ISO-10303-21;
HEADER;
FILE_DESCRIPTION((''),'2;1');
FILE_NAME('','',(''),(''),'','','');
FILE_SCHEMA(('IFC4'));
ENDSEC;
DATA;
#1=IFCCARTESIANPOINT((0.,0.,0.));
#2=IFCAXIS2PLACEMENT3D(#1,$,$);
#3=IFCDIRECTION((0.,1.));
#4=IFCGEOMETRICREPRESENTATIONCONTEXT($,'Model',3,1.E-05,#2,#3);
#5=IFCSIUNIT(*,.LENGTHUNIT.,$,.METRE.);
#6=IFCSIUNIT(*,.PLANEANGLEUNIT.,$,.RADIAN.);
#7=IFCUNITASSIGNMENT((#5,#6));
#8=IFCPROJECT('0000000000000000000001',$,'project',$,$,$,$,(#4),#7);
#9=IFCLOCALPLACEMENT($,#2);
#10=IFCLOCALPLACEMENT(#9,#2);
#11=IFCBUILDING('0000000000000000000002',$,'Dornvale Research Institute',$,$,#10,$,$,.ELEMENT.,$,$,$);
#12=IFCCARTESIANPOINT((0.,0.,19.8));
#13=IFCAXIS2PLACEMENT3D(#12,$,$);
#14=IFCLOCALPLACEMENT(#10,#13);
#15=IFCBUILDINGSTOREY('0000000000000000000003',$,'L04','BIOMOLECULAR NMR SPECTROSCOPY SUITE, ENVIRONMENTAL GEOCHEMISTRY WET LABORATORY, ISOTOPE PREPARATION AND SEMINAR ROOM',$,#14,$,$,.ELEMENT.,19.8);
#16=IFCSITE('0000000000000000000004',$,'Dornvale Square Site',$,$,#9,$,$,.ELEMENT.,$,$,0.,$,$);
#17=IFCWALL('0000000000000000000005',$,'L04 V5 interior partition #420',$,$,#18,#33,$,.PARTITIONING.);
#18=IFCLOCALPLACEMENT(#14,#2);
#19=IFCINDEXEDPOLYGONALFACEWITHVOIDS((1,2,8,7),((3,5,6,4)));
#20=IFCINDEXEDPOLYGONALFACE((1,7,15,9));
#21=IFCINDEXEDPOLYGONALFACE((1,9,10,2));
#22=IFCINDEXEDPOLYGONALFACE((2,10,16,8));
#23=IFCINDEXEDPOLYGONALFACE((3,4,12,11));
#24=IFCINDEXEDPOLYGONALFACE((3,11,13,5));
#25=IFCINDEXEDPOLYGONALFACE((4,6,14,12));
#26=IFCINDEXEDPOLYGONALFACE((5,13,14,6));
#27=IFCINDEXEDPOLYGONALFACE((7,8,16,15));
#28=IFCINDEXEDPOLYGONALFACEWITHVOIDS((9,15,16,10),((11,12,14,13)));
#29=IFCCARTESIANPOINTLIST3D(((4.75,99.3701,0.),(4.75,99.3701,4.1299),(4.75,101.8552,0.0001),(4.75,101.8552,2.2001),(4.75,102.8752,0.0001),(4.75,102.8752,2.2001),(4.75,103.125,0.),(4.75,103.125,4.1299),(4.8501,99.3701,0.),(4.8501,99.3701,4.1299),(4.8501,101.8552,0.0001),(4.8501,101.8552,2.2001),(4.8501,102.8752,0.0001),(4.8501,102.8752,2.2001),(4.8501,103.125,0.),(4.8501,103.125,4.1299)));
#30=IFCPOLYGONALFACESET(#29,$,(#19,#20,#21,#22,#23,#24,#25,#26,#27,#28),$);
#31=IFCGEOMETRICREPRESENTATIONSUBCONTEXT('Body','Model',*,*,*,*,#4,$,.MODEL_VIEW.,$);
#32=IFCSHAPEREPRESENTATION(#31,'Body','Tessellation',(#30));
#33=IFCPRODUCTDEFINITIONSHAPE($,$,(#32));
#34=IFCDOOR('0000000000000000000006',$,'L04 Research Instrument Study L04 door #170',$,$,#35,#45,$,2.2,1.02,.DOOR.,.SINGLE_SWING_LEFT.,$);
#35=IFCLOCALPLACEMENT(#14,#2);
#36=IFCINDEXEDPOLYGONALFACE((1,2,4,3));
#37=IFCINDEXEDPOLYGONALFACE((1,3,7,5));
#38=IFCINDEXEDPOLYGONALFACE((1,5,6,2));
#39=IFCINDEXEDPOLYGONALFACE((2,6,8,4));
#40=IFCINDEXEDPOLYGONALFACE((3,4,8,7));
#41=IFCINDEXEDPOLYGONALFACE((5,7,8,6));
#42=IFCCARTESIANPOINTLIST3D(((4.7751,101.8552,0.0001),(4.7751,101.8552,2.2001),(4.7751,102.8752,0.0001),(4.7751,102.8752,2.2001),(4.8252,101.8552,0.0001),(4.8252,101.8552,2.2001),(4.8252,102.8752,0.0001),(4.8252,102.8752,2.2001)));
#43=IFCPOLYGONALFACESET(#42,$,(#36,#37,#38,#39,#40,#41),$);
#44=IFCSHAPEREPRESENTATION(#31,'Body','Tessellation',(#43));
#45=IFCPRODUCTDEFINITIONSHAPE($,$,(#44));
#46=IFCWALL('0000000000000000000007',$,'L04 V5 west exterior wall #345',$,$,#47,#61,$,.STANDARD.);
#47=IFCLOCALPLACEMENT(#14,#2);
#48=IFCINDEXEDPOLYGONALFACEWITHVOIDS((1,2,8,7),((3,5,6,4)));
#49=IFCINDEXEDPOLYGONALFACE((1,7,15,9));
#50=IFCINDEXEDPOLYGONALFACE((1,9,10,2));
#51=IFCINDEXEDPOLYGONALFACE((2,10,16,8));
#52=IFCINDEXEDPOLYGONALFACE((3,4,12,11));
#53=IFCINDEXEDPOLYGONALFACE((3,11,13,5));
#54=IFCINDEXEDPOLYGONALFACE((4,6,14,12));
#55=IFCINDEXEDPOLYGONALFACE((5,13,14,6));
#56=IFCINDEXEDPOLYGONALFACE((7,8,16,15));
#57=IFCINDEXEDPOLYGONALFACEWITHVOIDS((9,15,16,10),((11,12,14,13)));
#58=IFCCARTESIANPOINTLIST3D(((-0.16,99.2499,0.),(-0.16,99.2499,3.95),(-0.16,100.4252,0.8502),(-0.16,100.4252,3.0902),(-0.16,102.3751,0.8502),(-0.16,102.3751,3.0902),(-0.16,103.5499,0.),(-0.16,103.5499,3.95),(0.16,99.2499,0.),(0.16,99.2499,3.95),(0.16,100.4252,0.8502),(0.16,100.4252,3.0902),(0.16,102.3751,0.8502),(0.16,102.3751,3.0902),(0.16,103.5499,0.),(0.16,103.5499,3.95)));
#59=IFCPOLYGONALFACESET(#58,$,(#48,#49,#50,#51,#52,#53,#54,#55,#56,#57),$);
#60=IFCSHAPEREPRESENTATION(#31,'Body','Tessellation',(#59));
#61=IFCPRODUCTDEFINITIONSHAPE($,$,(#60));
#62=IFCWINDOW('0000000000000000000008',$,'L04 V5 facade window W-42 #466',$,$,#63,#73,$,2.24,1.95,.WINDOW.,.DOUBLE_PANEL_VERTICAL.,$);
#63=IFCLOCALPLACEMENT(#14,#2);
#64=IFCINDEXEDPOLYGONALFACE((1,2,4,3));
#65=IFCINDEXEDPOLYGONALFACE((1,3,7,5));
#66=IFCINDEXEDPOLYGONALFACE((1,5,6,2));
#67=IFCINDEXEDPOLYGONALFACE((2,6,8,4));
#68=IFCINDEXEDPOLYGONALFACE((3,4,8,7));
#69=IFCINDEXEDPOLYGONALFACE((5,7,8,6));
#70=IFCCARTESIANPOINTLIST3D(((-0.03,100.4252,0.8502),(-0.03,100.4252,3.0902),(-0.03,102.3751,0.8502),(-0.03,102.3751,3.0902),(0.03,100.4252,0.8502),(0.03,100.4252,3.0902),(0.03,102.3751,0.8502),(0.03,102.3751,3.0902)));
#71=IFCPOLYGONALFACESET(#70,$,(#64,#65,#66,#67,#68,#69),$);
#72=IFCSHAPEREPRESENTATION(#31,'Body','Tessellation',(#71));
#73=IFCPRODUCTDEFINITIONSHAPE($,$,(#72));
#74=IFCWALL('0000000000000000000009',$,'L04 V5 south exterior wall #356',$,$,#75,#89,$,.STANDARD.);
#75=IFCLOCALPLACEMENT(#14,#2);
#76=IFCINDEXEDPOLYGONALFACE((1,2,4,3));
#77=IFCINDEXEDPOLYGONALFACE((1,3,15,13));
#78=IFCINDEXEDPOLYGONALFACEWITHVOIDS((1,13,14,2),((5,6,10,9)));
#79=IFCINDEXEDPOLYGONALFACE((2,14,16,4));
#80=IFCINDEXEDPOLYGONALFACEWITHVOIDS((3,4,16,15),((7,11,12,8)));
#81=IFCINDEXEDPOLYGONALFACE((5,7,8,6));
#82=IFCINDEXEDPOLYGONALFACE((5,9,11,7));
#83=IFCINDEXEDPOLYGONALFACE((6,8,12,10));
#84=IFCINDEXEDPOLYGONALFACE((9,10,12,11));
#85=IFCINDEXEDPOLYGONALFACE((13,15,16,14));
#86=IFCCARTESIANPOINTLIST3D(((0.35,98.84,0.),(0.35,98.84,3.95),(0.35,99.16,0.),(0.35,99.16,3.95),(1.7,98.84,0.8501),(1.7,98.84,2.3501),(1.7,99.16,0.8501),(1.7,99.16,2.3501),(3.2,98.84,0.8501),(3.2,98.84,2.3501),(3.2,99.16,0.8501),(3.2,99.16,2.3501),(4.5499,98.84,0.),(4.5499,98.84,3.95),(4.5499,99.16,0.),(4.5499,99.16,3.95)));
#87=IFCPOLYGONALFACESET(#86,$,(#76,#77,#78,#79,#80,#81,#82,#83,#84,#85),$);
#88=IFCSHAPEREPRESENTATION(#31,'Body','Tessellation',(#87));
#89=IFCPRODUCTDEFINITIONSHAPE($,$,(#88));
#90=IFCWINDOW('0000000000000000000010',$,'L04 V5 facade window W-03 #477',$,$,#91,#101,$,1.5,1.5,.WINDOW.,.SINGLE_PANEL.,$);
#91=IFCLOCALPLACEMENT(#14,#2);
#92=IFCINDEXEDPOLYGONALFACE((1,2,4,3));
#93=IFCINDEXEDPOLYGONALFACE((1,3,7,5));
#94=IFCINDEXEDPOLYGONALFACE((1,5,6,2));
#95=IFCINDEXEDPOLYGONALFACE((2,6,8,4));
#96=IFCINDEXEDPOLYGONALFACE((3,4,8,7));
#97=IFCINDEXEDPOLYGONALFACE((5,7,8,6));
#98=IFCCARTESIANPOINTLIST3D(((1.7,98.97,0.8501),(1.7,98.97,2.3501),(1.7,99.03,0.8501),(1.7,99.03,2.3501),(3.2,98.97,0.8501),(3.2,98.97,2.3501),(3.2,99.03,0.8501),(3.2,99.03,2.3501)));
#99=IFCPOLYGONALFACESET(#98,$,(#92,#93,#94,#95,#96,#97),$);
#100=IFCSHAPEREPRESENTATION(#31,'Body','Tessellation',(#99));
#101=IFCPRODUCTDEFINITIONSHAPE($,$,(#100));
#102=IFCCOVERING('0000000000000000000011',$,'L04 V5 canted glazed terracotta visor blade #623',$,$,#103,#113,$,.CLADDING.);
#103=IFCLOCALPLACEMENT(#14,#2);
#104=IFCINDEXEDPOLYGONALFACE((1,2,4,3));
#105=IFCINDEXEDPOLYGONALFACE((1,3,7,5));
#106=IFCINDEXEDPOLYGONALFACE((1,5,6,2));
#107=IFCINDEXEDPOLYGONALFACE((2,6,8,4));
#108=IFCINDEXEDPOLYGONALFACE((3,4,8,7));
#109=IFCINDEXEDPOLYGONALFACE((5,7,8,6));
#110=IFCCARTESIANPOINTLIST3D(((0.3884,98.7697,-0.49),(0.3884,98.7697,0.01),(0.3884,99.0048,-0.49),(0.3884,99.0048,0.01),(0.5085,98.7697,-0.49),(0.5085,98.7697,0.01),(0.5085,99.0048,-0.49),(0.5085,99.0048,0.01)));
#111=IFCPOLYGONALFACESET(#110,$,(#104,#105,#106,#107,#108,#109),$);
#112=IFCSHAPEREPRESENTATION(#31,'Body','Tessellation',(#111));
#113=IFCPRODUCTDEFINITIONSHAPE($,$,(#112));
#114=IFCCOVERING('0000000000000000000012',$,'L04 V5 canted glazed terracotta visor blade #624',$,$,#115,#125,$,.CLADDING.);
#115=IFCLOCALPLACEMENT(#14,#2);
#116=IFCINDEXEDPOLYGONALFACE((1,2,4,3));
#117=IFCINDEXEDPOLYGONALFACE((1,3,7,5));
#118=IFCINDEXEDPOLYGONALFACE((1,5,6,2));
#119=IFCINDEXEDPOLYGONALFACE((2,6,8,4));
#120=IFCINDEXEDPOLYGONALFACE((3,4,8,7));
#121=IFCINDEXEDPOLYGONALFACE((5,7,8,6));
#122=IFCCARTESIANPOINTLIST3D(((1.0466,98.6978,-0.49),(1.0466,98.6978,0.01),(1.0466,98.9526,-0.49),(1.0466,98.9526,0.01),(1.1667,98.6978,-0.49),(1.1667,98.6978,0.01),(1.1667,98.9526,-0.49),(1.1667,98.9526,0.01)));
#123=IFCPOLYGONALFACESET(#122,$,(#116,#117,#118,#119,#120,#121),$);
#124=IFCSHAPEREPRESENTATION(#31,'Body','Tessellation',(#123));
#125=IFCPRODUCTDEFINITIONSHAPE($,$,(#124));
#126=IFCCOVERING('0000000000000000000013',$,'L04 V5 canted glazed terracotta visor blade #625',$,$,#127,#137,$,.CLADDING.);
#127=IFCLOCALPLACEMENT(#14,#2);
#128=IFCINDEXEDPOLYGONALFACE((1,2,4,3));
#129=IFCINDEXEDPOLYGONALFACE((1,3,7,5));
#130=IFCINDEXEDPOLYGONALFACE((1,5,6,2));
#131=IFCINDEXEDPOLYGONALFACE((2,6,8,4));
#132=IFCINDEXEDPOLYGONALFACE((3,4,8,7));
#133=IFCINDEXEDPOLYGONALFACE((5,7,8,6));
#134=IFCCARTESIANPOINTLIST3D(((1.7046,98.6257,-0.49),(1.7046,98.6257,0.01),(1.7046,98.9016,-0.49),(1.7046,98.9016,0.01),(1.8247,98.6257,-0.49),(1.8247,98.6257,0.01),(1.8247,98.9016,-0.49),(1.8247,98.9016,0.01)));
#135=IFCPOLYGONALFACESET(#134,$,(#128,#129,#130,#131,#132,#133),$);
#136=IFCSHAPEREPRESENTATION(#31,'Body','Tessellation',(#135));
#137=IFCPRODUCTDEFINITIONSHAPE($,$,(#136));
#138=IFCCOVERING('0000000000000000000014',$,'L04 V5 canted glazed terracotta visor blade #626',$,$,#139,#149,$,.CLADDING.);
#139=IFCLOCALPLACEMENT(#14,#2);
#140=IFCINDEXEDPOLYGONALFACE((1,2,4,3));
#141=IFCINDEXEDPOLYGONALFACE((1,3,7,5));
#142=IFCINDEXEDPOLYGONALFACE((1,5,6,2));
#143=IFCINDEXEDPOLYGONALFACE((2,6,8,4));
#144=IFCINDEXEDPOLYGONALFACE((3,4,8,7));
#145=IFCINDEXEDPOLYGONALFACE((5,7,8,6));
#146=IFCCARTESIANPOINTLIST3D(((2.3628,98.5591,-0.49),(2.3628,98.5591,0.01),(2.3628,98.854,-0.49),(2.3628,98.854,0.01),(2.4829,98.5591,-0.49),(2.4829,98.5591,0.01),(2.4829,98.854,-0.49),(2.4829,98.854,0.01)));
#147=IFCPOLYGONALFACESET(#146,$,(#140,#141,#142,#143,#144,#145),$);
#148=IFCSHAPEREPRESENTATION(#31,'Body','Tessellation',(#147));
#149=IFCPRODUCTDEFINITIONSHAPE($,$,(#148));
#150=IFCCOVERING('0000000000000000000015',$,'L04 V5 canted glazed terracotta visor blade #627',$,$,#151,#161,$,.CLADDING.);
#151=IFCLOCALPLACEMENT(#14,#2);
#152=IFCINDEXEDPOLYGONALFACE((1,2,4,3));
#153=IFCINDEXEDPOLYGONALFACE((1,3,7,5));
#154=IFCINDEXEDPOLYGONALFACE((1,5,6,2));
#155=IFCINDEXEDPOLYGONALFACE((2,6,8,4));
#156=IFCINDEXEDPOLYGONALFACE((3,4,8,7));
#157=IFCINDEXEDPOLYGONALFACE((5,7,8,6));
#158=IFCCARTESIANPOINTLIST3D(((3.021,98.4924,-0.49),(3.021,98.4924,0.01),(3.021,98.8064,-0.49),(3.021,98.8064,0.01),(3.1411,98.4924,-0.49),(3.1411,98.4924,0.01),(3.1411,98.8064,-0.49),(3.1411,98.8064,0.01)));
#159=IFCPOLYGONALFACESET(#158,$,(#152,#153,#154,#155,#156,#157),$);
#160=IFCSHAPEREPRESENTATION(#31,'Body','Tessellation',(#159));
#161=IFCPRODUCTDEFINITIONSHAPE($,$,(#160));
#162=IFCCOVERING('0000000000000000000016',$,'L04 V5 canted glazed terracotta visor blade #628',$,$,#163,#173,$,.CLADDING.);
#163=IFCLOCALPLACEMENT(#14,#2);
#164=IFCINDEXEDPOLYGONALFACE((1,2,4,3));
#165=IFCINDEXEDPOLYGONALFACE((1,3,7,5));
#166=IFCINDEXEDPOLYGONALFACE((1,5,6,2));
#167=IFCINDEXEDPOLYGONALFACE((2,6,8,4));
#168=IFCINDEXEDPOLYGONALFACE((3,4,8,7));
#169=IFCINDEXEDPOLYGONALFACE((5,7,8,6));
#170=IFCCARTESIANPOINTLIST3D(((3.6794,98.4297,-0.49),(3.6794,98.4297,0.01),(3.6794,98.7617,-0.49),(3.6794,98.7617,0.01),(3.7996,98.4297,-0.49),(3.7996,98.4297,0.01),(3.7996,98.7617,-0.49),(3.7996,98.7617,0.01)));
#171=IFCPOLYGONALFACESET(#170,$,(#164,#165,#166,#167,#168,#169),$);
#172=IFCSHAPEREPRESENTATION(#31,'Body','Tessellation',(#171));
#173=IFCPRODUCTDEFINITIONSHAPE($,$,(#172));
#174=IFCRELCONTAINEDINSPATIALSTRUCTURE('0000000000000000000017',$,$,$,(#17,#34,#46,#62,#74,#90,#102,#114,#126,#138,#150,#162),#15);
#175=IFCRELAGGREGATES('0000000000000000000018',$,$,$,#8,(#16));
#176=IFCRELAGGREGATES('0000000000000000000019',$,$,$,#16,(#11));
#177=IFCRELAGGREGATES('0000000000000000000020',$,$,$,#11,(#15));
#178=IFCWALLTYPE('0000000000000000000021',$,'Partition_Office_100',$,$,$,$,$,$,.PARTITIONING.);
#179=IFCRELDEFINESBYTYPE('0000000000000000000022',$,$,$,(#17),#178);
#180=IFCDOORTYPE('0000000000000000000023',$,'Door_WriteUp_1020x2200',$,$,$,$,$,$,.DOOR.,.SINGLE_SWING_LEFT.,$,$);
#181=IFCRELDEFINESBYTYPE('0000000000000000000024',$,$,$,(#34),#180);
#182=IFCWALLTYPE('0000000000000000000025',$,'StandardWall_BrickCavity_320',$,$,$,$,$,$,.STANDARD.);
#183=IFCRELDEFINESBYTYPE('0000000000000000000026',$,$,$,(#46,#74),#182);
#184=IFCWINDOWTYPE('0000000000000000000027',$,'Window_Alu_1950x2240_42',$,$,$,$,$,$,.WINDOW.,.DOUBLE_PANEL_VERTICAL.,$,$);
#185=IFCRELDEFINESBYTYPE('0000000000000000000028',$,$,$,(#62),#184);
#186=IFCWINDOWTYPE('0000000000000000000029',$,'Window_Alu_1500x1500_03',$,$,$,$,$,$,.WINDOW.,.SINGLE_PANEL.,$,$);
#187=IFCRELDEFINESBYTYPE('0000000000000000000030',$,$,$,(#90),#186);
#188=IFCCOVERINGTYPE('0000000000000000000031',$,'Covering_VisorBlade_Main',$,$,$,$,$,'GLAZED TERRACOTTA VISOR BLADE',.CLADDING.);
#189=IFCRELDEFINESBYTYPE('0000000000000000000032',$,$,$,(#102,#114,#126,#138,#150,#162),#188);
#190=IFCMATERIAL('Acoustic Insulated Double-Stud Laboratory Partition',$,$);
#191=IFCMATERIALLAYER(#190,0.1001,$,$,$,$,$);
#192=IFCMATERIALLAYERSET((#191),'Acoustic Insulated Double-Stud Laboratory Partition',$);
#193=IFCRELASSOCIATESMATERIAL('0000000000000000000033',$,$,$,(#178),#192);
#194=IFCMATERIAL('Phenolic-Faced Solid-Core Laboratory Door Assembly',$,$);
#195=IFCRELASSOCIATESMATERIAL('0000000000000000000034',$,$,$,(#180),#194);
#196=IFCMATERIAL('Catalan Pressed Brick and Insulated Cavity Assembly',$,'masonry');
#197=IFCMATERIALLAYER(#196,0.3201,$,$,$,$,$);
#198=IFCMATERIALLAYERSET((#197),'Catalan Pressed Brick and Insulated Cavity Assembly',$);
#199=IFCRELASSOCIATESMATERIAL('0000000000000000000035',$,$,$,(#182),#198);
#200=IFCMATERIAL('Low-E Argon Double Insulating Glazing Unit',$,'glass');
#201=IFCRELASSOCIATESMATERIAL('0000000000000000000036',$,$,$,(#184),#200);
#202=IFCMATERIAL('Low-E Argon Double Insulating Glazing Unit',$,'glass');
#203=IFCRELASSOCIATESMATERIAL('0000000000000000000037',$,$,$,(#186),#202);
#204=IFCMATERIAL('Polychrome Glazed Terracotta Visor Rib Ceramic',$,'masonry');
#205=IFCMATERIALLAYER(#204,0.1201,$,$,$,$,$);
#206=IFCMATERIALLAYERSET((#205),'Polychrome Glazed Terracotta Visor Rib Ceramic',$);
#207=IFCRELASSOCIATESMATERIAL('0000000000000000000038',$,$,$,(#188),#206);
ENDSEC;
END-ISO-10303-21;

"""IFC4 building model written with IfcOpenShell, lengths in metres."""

from ifc_helpers import new_model, si_unit, direction, frame, frame_2d, origin, origin_2d, place, context, subcontext, project, spatial, rectangle, extrude, material, layer, layer_set, type_object, element, fill, save


model = new_model("IFC4")

# Units and contexts
model_context = context("Model", 3, precision=1e-05, world=origin(), true_north=direction((0.0, 1.0)))
body_context = subcontext(model_context, "Body", "Model", "MODEL_VIEW")
ifc_project = project(units=[si_unit("LENGTHUNIT", "METRE"), si_unit("PLANEANGLEUNIT", "RADIAN")], contexts=[model_context])

# Site, building, storey
site_placement = place(None, origin())
site = spatial("IfcSite", under=ifc_project, at=site_placement, Name="Dornvale Square Site", CompositionType="ELEMENT", RefElevation=0.0)
building_placement = place(site_placement, origin())
building = spatial("IfcBuilding", under=site, at=building_placement, Name="Dornvale Research Institute", CompositionType="ELEMENT")
storey_placement = place(building_placement, frame((0.0, 0.0, 19.8)))
storey = spatial("IfcBuildingStorey", under=building, at=storey_placement, Name="L04", Description="BIOMOLECULAR NMR SPECTROSCOPY SUITE, ENVIRONMENTAL GEOCHEMISTRY WET LABORATORY, ISOTOPE PREPARATION AND SEMINAR ROOM", CompositionType="ELEMENT", Elevation=19.8)

# Wall, opening, door
ifc_material_1 = material(Name="Acoustic Insulated Double-Stud Laboratory Partition")
ifc_layer_1 = layer(ifc_material_1, 0.1001)
ifc_layer_set_1 = layer_set([ifc_layer_1], Name="Acoustic Insulated Double-Stud Laboratory Partition")
wall_type_1 = type_object("IfcWallType", Name="Partition_Office_100", PredefinedType="PARTITIONING", material=ifc_layer_set_1)
wall_1_placement = place(storey_placement, frame((4.8, 99.3701, 0.0), z_axis=(0.0, 0.0, 1.0), x_axis=(0.0, 1.0, 0.0)))
wall_1 = element("IfcWall", 1, at=wall_1_placement, inside=storey, type_object=wall_type_1, Name="L04 V5 interior partition #420", PredefinedType="PARTITIONING", context=body_context, shape_type="SweptSolid", body=[
    extrude(rectangle(XDim=3.7549, YDim=0.1001, at=frame_2d((1.8774, 0.0))), origin(), (0.0, 0.0, 1.0), 4.1299),
])
opening_1_placement = place(wall_1_placement, frame((2.4851, 0.0, 0.0)))
opening_1 = element("IfcOpeningElement", 2, at=opening_1_placement, cuts=wall_1, PredefinedType="OPENING", context=body_context, shape_type="SweptSolid", body=[
    extrude(rectangle(XDim=1.02, YDim=2.2, at=frame_2d((0.51, 1.1001))), frame((0.0, 0.0649, 0.0), z_axis=(0.0, -1.0, 0.0), x_axis=(1.0, 0.0, 0.0)), (0.0, 0.0, 1.0), 0.1301),
])
ifc_material_2 = material(Name="Phenolic-Faced Solid-Core Laboratory Door Assembly")
door_type = type_object("IfcDoorType", Name="Door_WriteUp_1020x2200", OperationType="SINGLE_SWING_LEFT", PredefinedType="DOOR", material=ifc_material_2)
door_placement = place(opening_1_placement, origin())
door = element("IfcDoor", 3, at=door_placement, inside=storey, type_object=door_type, Name="L04 Research Instrument Study L04 door #170", OperationType="SINGLE_SWING_LEFT", OverallHeight=2.2, OverallWidth=1.02, PredefinedType="DOOR", context=body_context, shape_type="SweptSolid", body=[
    extrude(rectangle(XDim=1.02, YDim=2.2, at=frame_2d((0.51, 1.1001))), frame((0.0, 0.0249, 0.0), z_axis=(0.0, -1.0, 0.0), x_axis=(1.0, 0.0, 0.0)), (0.0, 0.0, 1.0), 0.05),
])
fill(opening_1, door)

# Walls, openings, windows
ifc_material_3 = material(Name="Catalan Pressed Brick and Insulated Cavity Assembly", Category="masonry")
ifc_layer_2 = layer(ifc_material_3, 0.3201)
ifc_layer_set_2 = layer_set([ifc_layer_2], Name="Catalan Pressed Brick and Insulated Cavity Assembly")
wall_type_2 = type_object("IfcWallType", Name="StandardWall_BrickCavity_320", PredefinedType="STANDARD", material=ifc_layer_set_2)
wall_2_placement = place(storey_placement, frame((0.0, 99.25, 0.0), z_axis=(0.0, 0.0, 1.0), x_axis=(0.0, 1.0, 0.0)))
wall_2 = element("IfcWall", 4, at=wall_2_placement, inside=storey, type_object=wall_type_2, Name="L04 V5 west exterior wall #345", PredefinedType="STANDARD", context=body_context, shape_type="SweptSolid", body=[
    extrude(rectangle(XDim=4.3, YDim=0.3201, at=frame_2d((2.1499, 0.0))), origin(), (0.0, 0.0, 1.0), 3.95),
])
opening_2_placement = place(wall_2_placement, frame((1.175, 0.0, 0.8501)))
opening_2 = element("IfcOpeningElement", 5, at=opening_2_placement, cuts=wall_2, PredefinedType="OPENING", context=body_context, shape_type="SweptSolid", body=[
    extrude(rectangle(XDim=1.95, YDim=2.24, at=frame_2d((0.9751, 1.1201))), frame((0.0, 0.175, 0.0), z_axis=(0.0, -1.0, 0.0), x_axis=(1.0, 0.0, 0.0)), (0.0, 0.0, 1.0), 0.3501),
])
ifc_material_4 = material(Name="Low-E Argon Double Insulating Glazing Unit", Category="glass")
window_type_1 = type_object("IfcWindowType", Name="Window_Alu_1950x2240_42", PartitioningType="DOUBLE_PANEL_VERTICAL", PredefinedType="WINDOW", material=ifc_material_4)
window_1_placement = place(opening_2_placement, origin())
window_1 = element("IfcWindow", 6, at=window_1_placement, inside=storey, type_object=window_type_1, Name="L04 V5 facade window W-42 #466", OverallHeight=2.24, OverallWidth=1.95, PartitioningType="DOUBLE_PANEL_VERTICAL", PredefinedType="WINDOW", context=body_context, shape_type="SweptSolid", body=[
    extrude(rectangle(XDim=1.95, YDim=2.24, at=frame_2d((0.9751, 1.1201))), frame((0.0, 0.03, 0.0), z_axis=(0.0, -1.0, 0.0), x_axis=(1.0, 0.0, 0.0)), (0.0, 0.0, 1.0), 0.0601),
])
fill(opening_2, window_1)
wall_3_placement = place(storey_placement, frame((4.55, 99.0, 0.0), z_axis=(0.0, 0.0, 1.0), x_axis=(-1.0, 0.0, 0.0)))
wall_3 = element("IfcWall", 7, at=wall_3_placement, inside=storey, type_object=wall_type_2, Name="L04 V5 south exterior wall #356", PredefinedType="STANDARD", context=body_context, shape_type="SweptSolid", body=[
    extrude(rectangle(XDim=4.2, YDim=0.3201, at=frame_2d((2.1001, 0.0))), origin(), (0.0, 0.0, 1.0), 3.95),
])
opening_3_placement = place(wall_3_placement, frame((1.3501, 0.0, 0.8501)))
opening_3 = element("IfcOpeningElement", 8, at=opening_3_placement, cuts=wall_3, PredefinedType="OPENING", context=body_context, shape_type="SweptSolid", body=[
    extrude(rectangle(XDim=1.5, YDim=1.5, at=frame_2d((0.75, 0.75))), frame((0.0, 0.175, 0.0), z_axis=(0.0, -1.0, 0.0), x_axis=(1.0, 0.0, 0.0)), (0.0, 0.0, 1.0), 0.3501),
])
ifc_material_5 = material(Name="Low-E Argon Double Insulating Glazing Unit", Category="glass")
window_type_2 = type_object("IfcWindowType", Name="Window_Alu_1500x1500_03", PartitioningType="SINGLE_PANEL", PredefinedType="WINDOW", material=ifc_material_5)
window_2_placement = place(opening_3_placement, origin())
window_2 = element("IfcWindow", 9, at=window_2_placement, inside=storey, type_object=window_type_2, Name="L04 V5 facade window W-03 #477", OverallHeight=1.5, OverallWidth=1.5, PartitioningType="SINGLE_PANEL", PredefinedType="WINDOW", context=body_context, shape_type="SweptSolid", body=[
    extrude(rectangle(XDim=1.5, YDim=1.5, at=frame_2d((0.75, 0.75))), frame((0.0, 0.03, 0.0), z_axis=(0.0, -1.0, 0.0), x_axis=(1.0, 0.0, 0.0)), (0.0, 0.0, 1.0), 0.0601),
])
fill(opening_3, window_2)

# Coverings
ifc_material_6 = material(Name="Polychrome Glazed Terracotta Visor Rib Ceramic", Category="masonry")
ifc_layer_3 = layer(ifc_material_6, 0.1201)
ifc_layer_set_3 = layer_set([ifc_layer_3], Name="Polychrome Glazed Terracotta Visor Rib Ceramic")
covering_type = type_object("IfcCoveringType", Name="Covering_VisorBlade_Main", ElementType="GLAZED TERRACOTTA VISOR BLADE", PredefinedType="CLADDING", material=ifc_layer_set_3)
covering_1_placement = place(storey_placement, frame((0.4485, 98.8872, -0.49), z_axis=(0.0, 0.0, 1.0), x_axis=(0.0, 1.0, 0.0)))
element("IfcCovering", 10, at=covering_1_placement, inside=storey, type_object=covering_type, Name="L04 V5 canted glazed terracotta visor blade #623", PredefinedType="CLADDING", context=body_context, shape_type="SweptSolid", body=[
    extrude(rectangle(XDim=0.2351, YDim=0.1201, at=origin_2d()), origin(), (0.0, 0.0, 1.0), 0.5),
])
covering_2_placement = place(storey_placement, frame((1.1067, 98.8252, -0.49), z_axis=(0.0, 0.0, 1.0), x_axis=(0.0, 1.0, 0.0)))
element("IfcCovering", 11, at=covering_2_placement, inside=storey, type_object=covering_type, Name="L04 V5 canted glazed terracotta visor blade #624", PredefinedType="CLADDING", context=body_context, shape_type="SweptSolid", body=[
    extrude(rectangle(XDim=0.2549, YDim=0.1201, at=origin_2d()), origin(), (0.0, 0.0, 1.0), 0.5),
])
covering_3_placement = place(storey_placement, frame((1.7646, 98.7637, -0.49), z_axis=(0.0, 0.0, 1.0), x_axis=(0.0, 1.0, 0.0)))
element("IfcCovering", 12, at=covering_3_placement, inside=storey, type_object=covering_type, Name="L04 V5 canted glazed terracotta visor blade #625", PredefinedType="CLADDING", context=body_context, shape_type="SweptSolid", body=[
    extrude(rectangle(XDim=0.2759, YDim=0.1201, at=origin_2d()), origin(), (0.0, 0.0, 1.0), 0.5),
])
covering_4_placement = place(storey_placement, frame((2.4229, 98.7065, -0.49), z_axis=(0.0, 0.0, 1.0), x_axis=(0.0, 1.0, 0.0)))
element("IfcCovering", 13, at=covering_4_placement, inside=storey, type_object=covering_type, Name="L04 V5 canted glazed terracotta visor blade #626", PredefinedType="CLADDING", context=body_context, shape_type="SweptSolid", body=[
    extrude(rectangle(XDim=0.2949, YDim=0.1201, at=origin_2d()), origin(), (0.0, 0.0, 1.0), 0.5),
])
covering_5_placement = place(storey_placement, frame((3.0811, 98.6494, -0.49), z_axis=(0.0, 0.0, 1.0), x_axis=(0.0, 1.0, 0.0)))
element("IfcCovering", 14, at=covering_5_placement, inside=storey, type_object=covering_type, Name="L04 V5 canted glazed terracotta visor blade #627", PredefinedType="CLADDING", context=body_context, shape_type="SweptSolid", body=[
    extrude(rectangle(XDim=0.314, YDim=0.1201, at=origin_2d()), origin(), (0.0, 0.0, 1.0), 0.5),
])
covering_6_placement = place(storey_placement, frame((3.7395, 98.5957, -0.49), z_axis=(0.0, 0.0, 1.0), x_axis=(0.0, 1.0, 0.0)))
element("IfcCovering", 15, at=covering_6_placement, inside=storey, type_object=covering_type, Name="L04 V5 canted glazed terracotta visor blade #628", PredefinedType="CLADDING", context=body_context, shape_type="SweptSolid", body=[
    extrude(rectangle(XDim=0.332, YDim=0.1201, at=origin_2d()), origin(), (0.0, 0.0, 1.0), 0.5),
])

save(model, "model.ifc")
